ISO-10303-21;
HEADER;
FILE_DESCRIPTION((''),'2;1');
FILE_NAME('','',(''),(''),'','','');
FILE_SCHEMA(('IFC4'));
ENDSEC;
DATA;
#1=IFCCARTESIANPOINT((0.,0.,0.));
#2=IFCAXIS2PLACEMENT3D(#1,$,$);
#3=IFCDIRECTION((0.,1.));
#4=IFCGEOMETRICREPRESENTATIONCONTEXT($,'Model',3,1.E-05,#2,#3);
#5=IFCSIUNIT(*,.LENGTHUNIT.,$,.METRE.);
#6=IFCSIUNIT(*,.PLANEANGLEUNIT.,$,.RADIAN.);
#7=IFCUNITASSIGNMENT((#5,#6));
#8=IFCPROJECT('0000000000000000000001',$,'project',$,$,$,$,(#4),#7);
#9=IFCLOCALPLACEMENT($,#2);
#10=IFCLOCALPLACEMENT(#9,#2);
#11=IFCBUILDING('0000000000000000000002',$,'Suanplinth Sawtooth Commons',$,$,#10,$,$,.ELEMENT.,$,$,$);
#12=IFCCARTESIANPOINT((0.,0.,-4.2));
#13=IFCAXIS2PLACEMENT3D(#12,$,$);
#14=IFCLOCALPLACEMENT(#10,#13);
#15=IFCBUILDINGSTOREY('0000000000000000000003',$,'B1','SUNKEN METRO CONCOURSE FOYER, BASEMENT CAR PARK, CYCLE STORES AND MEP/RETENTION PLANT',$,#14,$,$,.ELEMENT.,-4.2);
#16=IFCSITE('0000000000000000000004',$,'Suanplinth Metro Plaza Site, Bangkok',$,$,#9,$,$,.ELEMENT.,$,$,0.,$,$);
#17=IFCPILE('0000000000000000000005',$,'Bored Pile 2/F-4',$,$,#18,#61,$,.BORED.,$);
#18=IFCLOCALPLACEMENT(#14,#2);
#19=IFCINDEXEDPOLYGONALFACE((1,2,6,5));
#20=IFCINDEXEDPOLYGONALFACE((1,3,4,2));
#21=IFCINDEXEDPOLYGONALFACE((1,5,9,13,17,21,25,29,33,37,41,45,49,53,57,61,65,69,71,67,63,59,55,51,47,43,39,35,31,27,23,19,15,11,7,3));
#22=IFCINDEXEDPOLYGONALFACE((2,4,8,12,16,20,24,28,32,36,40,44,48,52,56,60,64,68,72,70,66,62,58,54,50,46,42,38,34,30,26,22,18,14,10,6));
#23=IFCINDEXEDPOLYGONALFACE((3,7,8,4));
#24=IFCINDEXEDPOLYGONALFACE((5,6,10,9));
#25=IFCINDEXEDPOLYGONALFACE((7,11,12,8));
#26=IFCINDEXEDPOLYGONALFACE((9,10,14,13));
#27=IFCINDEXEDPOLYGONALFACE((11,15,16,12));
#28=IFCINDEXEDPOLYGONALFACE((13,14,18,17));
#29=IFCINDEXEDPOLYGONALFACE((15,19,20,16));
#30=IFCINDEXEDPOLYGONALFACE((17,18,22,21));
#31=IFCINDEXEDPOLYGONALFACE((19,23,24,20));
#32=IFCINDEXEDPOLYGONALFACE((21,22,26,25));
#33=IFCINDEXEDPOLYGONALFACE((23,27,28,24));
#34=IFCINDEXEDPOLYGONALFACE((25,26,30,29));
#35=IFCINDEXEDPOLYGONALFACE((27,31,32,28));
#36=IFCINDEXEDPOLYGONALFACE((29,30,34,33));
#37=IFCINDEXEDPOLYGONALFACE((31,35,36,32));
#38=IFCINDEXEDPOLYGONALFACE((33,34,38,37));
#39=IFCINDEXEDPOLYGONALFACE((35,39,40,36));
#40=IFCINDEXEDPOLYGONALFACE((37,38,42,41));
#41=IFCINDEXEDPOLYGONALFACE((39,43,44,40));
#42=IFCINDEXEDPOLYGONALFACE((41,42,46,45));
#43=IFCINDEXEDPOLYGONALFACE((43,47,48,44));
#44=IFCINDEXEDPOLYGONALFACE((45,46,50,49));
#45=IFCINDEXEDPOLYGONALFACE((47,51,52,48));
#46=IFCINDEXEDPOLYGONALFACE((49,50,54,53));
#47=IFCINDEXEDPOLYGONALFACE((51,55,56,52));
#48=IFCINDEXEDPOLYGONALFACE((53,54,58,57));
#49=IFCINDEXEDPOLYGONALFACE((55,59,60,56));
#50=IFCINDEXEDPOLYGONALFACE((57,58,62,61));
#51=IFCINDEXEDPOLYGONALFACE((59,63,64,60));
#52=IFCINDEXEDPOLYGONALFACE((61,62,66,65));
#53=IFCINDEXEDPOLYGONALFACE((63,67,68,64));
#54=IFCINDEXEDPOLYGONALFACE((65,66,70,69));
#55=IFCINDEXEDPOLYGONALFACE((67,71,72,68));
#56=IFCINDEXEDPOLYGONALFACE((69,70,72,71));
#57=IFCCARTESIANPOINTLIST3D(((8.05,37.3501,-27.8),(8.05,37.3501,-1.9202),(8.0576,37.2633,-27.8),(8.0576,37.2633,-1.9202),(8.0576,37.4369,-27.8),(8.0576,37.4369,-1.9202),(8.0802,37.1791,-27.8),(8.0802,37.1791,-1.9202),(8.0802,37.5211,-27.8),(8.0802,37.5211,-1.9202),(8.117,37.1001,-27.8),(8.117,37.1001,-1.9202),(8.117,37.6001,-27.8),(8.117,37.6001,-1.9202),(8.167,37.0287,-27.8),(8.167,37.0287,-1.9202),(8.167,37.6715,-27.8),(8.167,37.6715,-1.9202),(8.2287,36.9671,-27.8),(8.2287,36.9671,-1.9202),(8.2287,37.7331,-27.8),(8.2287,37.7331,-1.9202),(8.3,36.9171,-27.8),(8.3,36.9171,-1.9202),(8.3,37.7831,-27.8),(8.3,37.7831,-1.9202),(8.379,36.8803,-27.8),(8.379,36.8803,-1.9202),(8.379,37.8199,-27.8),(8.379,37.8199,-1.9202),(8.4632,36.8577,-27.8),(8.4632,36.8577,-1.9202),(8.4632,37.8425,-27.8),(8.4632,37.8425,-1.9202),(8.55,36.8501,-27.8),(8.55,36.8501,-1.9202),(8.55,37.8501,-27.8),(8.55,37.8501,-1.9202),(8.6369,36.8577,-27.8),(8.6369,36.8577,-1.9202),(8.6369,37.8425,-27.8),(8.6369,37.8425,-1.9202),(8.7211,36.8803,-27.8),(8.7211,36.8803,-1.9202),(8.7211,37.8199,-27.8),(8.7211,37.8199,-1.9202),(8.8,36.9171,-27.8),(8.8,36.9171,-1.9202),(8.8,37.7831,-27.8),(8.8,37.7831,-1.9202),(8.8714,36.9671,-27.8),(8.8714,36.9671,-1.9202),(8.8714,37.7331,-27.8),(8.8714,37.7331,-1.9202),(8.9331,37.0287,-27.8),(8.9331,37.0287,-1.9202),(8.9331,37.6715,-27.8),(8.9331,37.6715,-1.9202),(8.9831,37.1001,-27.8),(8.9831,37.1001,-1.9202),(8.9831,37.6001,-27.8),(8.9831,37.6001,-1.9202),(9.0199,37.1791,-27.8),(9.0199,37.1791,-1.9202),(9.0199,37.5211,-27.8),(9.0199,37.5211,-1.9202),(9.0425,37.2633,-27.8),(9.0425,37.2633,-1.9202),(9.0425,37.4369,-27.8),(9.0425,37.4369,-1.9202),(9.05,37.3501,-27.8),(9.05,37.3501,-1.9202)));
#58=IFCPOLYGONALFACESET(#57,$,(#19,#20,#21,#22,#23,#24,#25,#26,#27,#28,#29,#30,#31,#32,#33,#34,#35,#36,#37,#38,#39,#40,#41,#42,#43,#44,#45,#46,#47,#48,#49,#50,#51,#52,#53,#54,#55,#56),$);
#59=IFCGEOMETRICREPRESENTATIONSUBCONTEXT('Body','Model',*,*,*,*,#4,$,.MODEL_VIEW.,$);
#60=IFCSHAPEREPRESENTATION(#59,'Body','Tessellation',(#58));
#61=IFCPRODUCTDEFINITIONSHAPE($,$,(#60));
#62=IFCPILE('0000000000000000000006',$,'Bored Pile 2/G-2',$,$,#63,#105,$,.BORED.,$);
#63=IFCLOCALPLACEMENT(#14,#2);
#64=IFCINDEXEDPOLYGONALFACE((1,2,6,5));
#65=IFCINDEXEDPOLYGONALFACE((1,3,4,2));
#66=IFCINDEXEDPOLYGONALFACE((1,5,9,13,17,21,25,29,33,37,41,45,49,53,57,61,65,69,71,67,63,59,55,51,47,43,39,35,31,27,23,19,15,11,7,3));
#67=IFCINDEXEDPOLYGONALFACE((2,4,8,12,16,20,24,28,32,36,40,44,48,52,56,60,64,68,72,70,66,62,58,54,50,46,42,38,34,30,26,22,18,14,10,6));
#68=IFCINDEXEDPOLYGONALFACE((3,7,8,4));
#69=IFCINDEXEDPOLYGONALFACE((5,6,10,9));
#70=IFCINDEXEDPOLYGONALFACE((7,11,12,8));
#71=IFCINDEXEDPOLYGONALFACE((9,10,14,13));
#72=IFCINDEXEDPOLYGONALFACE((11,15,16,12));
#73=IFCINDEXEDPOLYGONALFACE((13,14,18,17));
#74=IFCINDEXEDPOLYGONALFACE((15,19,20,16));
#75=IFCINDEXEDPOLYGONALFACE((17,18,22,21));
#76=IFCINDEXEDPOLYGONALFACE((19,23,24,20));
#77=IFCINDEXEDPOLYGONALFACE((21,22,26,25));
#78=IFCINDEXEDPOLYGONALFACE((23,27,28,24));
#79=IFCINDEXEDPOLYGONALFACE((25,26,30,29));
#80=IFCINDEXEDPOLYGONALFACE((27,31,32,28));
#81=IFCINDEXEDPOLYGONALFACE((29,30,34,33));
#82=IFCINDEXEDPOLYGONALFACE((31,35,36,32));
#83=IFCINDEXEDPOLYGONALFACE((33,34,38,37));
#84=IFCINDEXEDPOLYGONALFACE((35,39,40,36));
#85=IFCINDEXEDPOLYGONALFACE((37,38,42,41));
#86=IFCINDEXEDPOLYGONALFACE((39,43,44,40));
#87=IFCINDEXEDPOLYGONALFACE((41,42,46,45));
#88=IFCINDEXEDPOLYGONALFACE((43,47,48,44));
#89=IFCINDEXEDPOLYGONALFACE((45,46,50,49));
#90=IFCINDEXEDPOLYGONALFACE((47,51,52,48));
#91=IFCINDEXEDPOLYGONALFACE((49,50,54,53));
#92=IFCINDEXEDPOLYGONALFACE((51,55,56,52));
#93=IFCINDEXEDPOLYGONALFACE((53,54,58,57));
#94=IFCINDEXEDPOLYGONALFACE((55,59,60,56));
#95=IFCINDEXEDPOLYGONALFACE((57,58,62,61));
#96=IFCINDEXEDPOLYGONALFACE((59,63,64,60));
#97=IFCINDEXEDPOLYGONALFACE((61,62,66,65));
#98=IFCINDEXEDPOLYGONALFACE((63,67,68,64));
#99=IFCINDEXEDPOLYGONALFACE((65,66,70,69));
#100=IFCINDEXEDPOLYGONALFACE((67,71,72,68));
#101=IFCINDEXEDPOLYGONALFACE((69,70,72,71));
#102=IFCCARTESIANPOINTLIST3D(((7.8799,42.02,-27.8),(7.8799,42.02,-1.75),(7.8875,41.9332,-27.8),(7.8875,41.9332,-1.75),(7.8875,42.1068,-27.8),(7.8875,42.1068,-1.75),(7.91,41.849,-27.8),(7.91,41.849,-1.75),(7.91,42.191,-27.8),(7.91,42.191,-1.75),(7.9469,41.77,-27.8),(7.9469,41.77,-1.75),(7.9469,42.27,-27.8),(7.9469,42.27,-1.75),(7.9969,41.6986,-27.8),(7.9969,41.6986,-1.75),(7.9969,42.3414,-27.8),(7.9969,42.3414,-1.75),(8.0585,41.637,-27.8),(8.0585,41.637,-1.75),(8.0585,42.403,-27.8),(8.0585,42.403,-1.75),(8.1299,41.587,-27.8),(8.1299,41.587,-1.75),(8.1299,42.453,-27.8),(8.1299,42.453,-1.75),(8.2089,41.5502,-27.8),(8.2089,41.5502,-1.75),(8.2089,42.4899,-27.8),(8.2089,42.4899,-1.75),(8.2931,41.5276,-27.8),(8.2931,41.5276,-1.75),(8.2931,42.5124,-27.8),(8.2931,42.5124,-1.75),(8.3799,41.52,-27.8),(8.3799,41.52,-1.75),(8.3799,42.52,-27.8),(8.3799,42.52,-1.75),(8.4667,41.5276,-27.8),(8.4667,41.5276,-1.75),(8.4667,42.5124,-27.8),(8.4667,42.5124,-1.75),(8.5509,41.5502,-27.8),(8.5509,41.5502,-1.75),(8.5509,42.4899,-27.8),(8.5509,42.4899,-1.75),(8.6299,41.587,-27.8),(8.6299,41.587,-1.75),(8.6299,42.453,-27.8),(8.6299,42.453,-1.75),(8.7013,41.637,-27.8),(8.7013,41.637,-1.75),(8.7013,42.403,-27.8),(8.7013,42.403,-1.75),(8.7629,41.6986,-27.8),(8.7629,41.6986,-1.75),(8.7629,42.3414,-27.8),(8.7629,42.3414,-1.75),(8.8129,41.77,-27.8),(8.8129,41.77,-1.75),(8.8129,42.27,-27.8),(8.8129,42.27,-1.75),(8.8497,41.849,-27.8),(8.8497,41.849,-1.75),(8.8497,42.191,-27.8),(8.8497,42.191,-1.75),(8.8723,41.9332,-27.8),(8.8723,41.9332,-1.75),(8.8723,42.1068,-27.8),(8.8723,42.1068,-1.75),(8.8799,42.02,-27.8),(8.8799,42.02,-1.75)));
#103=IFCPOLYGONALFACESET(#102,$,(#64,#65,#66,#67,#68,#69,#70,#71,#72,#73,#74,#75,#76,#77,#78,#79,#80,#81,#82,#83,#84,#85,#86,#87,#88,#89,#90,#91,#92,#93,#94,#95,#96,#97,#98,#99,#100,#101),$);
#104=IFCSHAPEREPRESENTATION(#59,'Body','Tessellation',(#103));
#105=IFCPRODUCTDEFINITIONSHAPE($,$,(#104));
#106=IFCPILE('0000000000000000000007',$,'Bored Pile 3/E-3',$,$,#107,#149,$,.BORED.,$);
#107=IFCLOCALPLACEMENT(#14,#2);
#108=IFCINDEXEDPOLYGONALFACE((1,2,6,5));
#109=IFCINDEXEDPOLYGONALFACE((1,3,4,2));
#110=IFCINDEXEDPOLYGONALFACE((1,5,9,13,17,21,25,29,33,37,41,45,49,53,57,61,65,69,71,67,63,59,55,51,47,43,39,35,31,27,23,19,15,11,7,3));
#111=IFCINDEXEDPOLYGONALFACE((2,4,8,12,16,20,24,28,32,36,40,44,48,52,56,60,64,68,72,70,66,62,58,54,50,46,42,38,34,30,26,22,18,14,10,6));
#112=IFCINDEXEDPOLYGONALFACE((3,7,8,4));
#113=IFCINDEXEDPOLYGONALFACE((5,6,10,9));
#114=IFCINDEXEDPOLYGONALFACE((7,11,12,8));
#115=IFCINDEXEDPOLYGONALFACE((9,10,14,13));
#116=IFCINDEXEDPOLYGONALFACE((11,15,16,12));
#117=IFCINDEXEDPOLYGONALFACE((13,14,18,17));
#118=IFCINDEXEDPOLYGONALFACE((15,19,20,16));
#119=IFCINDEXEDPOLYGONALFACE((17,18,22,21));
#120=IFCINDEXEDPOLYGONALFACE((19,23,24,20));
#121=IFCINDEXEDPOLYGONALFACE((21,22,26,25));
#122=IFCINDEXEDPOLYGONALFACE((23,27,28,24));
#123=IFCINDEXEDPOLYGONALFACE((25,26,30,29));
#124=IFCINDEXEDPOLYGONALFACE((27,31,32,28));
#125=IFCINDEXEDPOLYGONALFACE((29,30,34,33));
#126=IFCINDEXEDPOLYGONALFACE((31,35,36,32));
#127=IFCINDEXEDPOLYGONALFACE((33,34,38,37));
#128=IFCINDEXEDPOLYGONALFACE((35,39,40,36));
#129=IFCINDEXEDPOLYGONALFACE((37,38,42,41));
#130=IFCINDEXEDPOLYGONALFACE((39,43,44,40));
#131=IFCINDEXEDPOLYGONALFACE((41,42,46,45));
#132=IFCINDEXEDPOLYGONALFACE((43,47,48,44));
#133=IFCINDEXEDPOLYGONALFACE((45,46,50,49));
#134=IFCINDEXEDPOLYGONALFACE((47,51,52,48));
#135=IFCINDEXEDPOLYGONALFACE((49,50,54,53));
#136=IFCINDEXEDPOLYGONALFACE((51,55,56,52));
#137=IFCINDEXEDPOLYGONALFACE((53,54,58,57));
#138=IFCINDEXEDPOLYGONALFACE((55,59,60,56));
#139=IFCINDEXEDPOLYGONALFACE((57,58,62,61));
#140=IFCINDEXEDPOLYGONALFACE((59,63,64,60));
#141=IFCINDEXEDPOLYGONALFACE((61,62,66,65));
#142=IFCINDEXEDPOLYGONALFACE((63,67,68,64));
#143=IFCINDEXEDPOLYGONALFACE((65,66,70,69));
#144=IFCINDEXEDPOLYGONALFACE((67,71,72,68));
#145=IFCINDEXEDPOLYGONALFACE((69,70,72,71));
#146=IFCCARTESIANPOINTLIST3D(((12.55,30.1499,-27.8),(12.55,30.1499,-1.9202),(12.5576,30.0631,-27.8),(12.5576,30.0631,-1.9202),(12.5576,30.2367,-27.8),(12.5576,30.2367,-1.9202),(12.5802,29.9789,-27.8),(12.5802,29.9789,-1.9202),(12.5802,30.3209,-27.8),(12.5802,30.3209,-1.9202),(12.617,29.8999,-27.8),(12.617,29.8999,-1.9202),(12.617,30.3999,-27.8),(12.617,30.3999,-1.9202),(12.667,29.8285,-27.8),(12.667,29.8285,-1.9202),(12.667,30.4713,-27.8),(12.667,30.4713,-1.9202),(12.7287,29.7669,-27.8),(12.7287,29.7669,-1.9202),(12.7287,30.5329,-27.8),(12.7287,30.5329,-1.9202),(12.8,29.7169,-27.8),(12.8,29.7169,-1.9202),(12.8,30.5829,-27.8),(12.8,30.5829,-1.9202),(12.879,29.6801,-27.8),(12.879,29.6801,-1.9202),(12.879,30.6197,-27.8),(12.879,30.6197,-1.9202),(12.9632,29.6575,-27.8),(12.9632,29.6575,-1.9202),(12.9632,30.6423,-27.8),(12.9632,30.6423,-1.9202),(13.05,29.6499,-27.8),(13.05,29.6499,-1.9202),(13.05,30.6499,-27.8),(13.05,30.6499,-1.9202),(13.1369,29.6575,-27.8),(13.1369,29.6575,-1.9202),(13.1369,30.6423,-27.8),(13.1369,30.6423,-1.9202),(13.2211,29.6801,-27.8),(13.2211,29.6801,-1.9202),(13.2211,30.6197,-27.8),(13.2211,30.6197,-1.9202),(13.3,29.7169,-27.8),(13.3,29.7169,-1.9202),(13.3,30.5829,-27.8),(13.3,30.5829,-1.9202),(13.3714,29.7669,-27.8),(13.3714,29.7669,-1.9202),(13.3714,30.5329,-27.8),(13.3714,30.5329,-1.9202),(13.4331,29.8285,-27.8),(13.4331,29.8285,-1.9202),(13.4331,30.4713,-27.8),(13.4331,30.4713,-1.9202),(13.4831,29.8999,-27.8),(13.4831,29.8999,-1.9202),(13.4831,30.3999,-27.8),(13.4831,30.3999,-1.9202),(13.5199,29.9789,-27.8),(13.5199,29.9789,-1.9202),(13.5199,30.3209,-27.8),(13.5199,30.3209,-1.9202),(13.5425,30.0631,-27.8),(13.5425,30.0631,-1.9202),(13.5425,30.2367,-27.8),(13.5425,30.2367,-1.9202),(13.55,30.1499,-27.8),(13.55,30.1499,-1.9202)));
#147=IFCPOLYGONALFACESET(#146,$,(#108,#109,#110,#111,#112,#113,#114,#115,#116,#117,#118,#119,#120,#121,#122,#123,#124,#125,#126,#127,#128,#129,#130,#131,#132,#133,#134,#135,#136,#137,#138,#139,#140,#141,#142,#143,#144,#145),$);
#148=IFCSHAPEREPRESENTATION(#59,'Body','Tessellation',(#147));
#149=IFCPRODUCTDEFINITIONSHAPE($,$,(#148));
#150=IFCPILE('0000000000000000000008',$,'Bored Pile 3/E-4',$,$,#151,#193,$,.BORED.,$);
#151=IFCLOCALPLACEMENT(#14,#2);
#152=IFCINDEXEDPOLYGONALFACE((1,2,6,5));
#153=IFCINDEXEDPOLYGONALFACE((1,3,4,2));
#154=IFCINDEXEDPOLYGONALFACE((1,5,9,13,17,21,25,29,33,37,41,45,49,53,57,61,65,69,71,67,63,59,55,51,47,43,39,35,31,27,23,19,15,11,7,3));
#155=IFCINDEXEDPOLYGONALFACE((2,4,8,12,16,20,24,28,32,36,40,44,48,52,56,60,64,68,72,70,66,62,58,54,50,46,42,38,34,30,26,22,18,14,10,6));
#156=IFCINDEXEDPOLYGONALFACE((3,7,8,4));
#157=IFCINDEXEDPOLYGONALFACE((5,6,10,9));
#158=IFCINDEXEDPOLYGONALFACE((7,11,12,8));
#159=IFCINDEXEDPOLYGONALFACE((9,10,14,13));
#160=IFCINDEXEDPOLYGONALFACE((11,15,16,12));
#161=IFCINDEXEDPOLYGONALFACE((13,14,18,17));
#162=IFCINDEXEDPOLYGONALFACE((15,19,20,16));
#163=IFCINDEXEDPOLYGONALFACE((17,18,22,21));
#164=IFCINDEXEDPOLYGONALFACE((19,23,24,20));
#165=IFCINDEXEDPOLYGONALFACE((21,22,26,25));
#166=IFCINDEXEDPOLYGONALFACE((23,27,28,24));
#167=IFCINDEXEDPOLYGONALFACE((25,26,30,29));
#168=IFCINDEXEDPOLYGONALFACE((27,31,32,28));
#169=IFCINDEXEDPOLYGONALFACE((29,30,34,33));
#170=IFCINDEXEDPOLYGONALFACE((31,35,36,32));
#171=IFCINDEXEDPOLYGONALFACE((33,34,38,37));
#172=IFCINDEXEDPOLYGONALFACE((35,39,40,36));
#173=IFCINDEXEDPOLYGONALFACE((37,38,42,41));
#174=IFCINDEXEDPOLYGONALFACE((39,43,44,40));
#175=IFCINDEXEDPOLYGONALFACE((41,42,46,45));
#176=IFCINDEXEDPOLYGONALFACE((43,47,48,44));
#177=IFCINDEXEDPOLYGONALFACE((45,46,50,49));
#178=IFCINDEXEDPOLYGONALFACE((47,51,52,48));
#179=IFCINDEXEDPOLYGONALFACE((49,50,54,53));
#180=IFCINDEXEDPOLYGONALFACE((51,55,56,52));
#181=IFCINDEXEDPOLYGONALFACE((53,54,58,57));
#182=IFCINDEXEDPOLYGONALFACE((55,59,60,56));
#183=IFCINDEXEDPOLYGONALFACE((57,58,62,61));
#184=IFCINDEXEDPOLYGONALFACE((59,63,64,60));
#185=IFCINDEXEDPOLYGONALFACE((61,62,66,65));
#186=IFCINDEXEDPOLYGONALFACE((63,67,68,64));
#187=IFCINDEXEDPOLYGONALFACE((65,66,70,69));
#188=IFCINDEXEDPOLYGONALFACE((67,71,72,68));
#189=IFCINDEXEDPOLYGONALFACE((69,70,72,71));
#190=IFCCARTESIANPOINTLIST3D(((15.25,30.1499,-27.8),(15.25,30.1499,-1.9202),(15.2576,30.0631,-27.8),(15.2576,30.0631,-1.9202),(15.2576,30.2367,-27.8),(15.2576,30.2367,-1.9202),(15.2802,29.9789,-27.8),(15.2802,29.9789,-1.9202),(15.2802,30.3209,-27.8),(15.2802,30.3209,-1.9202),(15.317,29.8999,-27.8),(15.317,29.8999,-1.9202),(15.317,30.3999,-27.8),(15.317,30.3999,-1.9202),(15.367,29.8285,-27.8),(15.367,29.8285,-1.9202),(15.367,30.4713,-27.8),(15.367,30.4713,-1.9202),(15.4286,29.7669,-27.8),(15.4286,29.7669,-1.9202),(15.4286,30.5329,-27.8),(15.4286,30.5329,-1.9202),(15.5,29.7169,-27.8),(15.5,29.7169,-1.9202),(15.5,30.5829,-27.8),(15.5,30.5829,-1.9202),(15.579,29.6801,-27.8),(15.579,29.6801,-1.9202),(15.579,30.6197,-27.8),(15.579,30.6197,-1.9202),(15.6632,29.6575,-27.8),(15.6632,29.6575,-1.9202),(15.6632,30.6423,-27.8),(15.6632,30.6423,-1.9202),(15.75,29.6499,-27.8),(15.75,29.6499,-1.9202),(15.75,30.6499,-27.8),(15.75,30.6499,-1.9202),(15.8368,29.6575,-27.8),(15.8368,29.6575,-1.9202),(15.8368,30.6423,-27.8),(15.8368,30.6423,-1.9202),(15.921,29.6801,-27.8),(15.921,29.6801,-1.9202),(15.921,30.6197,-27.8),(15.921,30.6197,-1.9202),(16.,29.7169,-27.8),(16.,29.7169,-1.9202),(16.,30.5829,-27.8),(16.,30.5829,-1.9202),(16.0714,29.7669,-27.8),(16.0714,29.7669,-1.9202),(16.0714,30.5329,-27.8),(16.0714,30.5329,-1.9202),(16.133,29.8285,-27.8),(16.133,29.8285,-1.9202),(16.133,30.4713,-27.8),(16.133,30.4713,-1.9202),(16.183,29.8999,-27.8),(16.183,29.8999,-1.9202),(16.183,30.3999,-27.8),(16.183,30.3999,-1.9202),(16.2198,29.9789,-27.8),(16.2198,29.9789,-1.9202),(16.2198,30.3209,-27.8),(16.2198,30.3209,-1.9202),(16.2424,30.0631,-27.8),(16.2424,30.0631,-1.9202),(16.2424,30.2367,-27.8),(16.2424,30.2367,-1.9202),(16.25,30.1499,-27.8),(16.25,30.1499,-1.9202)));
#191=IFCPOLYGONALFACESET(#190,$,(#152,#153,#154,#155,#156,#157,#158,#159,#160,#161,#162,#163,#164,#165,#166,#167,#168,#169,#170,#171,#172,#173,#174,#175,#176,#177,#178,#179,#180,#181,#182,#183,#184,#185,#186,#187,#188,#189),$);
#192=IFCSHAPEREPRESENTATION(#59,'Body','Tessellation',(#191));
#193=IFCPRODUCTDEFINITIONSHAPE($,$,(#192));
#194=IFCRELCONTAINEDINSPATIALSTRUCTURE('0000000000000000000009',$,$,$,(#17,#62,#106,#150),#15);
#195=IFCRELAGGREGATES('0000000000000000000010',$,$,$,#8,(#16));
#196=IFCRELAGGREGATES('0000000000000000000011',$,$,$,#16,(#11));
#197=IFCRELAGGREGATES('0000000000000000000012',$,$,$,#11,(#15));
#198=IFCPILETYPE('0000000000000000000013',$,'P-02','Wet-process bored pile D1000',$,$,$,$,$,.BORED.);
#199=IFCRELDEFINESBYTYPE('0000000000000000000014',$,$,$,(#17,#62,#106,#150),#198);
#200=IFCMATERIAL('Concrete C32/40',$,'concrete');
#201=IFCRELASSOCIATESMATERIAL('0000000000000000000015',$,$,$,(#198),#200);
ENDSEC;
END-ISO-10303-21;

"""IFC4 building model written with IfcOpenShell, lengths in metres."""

from ifc_helpers import new_model, si_unit, direction, frame, origin, origin_2d, place, context, subcontext, project, spatial, circle, extrude, material, material_profile, profile_set, type_object, element, save


model = new_model("IFC4")

# Units and contexts
model_context = context("Model", 3, precision=1e-05, world=origin(), true_north=direction((0.0, 1.0)))
body_context = subcontext(model_context, "Body", "Model", "MODEL_VIEW")
ifc_project = project(units=[si_unit("LENGTHUNIT", "METRE"), si_unit("PLANEANGLEUNIT", "RADIAN")], contexts=[model_context])

# Site, building, storey
site_placement = place(None, origin())
site = spatial("IfcSite", under=ifc_project, at=site_placement, Name="Suanplinth Metro Plaza Site, Bangkok", CompositionType="ELEMENT", RefElevation=0.0)
building_placement = place(site_placement, origin())
building = spatial("IfcBuilding", under=site, at=building_placement, Name="Suanplinth Sawtooth Commons", CompositionType="ELEMENT")
storey_placement = place(building_placement, frame((0.0, 0.0, -4.2)))
storey = spatial("IfcBuildingStorey", under=building, at=storey_placement, Name="B1", Description="SUNKEN METRO CONCOURSE FOYER, BASEMENT CAR PARK, CYCLE STORES AND MEP/RETENTION PLANT", CompositionType="ELEMENT", Elevation=-4.2)

# Piles
ifc_material_1 = material(Name="Concrete C32/40", Category="concrete")
ifc_material_profile_1 = material_profile(ifc_material_1, circle(Radius=0.5, at=origin_2d()), Name="PILE D1000")
ifc_profile_set_1 = profile_set([ifc_material_profile_1], Name="Concrete C32/40")
pile_type = type_object("IfcPileType", Name="P-02", Description="Wet-process bored pile D1000", PredefinedType="BORED", material=ifc_profile_set_1)
for number, where, z_axis, x_axis, name in (
    (1, (8.55, 37.3501, -1.9202), (0.0, 0.0, -1.0), (1.0, 0.0, 0.0), "Bored Pile 2/F-4"),
):
    element("IfcPile", number, at=place(storey_placement, frame(where, z_axis=z_axis, x_axis=x_axis)), inside=storey, type_object=pile_type, Name=name, PredefinedType="BORED", context=body_context, shape_type="SweptSolid", body=[
        extrude(circle(Radius=0.5, at=origin_2d()), origin(), (0.0, 0.0, 1.0), 25.8799),
    ])
pile_1_placement = place(storey_placement, frame((8.3799, 42.02, -1.75), z_axis=(0.0, 0.0, -1.0), x_axis=(1.0, 0.0, 0.0)))
element("IfcPile", 2, at=pile_1_placement, inside=storey, type_object=pile_type, Name="Bored Pile 2/G-2", PredefinedType="BORED", context=body_context, shape_type="SweptSolid", body=[
    extrude(circle(Radius=0.5, at=origin_2d()), origin(), (0.0, 0.0, 1.0), 26.05),
])
for number, where, z_axis, x_axis, name in (
    (3, (13.05, 30.1499, -1.9202), (0.0, 0.0, -1.0), (1.0, 0.0, 0.0), "Bored Pile 3/E-3"),
    (4, (15.75, 30.1499, -1.9202), (0.0, 0.0, -1.0), (1.0, 0.0, 0.0), "Bored Pile 3/E-4"),
):
    element("IfcPile", number, at=place(storey_placement, frame(where, z_axis=z_axis, x_axis=x_axis)), inside=storey, type_object=pile_type, Name=name, PredefinedType="BORED", context=body_context, shape_type="SweptSolid", body=[
        extrude(circle(Radius=0.5, at=origin_2d()), origin(), (0.0, 0.0, 1.0), 25.8799),
    ])

save(model, "model.ifc")
